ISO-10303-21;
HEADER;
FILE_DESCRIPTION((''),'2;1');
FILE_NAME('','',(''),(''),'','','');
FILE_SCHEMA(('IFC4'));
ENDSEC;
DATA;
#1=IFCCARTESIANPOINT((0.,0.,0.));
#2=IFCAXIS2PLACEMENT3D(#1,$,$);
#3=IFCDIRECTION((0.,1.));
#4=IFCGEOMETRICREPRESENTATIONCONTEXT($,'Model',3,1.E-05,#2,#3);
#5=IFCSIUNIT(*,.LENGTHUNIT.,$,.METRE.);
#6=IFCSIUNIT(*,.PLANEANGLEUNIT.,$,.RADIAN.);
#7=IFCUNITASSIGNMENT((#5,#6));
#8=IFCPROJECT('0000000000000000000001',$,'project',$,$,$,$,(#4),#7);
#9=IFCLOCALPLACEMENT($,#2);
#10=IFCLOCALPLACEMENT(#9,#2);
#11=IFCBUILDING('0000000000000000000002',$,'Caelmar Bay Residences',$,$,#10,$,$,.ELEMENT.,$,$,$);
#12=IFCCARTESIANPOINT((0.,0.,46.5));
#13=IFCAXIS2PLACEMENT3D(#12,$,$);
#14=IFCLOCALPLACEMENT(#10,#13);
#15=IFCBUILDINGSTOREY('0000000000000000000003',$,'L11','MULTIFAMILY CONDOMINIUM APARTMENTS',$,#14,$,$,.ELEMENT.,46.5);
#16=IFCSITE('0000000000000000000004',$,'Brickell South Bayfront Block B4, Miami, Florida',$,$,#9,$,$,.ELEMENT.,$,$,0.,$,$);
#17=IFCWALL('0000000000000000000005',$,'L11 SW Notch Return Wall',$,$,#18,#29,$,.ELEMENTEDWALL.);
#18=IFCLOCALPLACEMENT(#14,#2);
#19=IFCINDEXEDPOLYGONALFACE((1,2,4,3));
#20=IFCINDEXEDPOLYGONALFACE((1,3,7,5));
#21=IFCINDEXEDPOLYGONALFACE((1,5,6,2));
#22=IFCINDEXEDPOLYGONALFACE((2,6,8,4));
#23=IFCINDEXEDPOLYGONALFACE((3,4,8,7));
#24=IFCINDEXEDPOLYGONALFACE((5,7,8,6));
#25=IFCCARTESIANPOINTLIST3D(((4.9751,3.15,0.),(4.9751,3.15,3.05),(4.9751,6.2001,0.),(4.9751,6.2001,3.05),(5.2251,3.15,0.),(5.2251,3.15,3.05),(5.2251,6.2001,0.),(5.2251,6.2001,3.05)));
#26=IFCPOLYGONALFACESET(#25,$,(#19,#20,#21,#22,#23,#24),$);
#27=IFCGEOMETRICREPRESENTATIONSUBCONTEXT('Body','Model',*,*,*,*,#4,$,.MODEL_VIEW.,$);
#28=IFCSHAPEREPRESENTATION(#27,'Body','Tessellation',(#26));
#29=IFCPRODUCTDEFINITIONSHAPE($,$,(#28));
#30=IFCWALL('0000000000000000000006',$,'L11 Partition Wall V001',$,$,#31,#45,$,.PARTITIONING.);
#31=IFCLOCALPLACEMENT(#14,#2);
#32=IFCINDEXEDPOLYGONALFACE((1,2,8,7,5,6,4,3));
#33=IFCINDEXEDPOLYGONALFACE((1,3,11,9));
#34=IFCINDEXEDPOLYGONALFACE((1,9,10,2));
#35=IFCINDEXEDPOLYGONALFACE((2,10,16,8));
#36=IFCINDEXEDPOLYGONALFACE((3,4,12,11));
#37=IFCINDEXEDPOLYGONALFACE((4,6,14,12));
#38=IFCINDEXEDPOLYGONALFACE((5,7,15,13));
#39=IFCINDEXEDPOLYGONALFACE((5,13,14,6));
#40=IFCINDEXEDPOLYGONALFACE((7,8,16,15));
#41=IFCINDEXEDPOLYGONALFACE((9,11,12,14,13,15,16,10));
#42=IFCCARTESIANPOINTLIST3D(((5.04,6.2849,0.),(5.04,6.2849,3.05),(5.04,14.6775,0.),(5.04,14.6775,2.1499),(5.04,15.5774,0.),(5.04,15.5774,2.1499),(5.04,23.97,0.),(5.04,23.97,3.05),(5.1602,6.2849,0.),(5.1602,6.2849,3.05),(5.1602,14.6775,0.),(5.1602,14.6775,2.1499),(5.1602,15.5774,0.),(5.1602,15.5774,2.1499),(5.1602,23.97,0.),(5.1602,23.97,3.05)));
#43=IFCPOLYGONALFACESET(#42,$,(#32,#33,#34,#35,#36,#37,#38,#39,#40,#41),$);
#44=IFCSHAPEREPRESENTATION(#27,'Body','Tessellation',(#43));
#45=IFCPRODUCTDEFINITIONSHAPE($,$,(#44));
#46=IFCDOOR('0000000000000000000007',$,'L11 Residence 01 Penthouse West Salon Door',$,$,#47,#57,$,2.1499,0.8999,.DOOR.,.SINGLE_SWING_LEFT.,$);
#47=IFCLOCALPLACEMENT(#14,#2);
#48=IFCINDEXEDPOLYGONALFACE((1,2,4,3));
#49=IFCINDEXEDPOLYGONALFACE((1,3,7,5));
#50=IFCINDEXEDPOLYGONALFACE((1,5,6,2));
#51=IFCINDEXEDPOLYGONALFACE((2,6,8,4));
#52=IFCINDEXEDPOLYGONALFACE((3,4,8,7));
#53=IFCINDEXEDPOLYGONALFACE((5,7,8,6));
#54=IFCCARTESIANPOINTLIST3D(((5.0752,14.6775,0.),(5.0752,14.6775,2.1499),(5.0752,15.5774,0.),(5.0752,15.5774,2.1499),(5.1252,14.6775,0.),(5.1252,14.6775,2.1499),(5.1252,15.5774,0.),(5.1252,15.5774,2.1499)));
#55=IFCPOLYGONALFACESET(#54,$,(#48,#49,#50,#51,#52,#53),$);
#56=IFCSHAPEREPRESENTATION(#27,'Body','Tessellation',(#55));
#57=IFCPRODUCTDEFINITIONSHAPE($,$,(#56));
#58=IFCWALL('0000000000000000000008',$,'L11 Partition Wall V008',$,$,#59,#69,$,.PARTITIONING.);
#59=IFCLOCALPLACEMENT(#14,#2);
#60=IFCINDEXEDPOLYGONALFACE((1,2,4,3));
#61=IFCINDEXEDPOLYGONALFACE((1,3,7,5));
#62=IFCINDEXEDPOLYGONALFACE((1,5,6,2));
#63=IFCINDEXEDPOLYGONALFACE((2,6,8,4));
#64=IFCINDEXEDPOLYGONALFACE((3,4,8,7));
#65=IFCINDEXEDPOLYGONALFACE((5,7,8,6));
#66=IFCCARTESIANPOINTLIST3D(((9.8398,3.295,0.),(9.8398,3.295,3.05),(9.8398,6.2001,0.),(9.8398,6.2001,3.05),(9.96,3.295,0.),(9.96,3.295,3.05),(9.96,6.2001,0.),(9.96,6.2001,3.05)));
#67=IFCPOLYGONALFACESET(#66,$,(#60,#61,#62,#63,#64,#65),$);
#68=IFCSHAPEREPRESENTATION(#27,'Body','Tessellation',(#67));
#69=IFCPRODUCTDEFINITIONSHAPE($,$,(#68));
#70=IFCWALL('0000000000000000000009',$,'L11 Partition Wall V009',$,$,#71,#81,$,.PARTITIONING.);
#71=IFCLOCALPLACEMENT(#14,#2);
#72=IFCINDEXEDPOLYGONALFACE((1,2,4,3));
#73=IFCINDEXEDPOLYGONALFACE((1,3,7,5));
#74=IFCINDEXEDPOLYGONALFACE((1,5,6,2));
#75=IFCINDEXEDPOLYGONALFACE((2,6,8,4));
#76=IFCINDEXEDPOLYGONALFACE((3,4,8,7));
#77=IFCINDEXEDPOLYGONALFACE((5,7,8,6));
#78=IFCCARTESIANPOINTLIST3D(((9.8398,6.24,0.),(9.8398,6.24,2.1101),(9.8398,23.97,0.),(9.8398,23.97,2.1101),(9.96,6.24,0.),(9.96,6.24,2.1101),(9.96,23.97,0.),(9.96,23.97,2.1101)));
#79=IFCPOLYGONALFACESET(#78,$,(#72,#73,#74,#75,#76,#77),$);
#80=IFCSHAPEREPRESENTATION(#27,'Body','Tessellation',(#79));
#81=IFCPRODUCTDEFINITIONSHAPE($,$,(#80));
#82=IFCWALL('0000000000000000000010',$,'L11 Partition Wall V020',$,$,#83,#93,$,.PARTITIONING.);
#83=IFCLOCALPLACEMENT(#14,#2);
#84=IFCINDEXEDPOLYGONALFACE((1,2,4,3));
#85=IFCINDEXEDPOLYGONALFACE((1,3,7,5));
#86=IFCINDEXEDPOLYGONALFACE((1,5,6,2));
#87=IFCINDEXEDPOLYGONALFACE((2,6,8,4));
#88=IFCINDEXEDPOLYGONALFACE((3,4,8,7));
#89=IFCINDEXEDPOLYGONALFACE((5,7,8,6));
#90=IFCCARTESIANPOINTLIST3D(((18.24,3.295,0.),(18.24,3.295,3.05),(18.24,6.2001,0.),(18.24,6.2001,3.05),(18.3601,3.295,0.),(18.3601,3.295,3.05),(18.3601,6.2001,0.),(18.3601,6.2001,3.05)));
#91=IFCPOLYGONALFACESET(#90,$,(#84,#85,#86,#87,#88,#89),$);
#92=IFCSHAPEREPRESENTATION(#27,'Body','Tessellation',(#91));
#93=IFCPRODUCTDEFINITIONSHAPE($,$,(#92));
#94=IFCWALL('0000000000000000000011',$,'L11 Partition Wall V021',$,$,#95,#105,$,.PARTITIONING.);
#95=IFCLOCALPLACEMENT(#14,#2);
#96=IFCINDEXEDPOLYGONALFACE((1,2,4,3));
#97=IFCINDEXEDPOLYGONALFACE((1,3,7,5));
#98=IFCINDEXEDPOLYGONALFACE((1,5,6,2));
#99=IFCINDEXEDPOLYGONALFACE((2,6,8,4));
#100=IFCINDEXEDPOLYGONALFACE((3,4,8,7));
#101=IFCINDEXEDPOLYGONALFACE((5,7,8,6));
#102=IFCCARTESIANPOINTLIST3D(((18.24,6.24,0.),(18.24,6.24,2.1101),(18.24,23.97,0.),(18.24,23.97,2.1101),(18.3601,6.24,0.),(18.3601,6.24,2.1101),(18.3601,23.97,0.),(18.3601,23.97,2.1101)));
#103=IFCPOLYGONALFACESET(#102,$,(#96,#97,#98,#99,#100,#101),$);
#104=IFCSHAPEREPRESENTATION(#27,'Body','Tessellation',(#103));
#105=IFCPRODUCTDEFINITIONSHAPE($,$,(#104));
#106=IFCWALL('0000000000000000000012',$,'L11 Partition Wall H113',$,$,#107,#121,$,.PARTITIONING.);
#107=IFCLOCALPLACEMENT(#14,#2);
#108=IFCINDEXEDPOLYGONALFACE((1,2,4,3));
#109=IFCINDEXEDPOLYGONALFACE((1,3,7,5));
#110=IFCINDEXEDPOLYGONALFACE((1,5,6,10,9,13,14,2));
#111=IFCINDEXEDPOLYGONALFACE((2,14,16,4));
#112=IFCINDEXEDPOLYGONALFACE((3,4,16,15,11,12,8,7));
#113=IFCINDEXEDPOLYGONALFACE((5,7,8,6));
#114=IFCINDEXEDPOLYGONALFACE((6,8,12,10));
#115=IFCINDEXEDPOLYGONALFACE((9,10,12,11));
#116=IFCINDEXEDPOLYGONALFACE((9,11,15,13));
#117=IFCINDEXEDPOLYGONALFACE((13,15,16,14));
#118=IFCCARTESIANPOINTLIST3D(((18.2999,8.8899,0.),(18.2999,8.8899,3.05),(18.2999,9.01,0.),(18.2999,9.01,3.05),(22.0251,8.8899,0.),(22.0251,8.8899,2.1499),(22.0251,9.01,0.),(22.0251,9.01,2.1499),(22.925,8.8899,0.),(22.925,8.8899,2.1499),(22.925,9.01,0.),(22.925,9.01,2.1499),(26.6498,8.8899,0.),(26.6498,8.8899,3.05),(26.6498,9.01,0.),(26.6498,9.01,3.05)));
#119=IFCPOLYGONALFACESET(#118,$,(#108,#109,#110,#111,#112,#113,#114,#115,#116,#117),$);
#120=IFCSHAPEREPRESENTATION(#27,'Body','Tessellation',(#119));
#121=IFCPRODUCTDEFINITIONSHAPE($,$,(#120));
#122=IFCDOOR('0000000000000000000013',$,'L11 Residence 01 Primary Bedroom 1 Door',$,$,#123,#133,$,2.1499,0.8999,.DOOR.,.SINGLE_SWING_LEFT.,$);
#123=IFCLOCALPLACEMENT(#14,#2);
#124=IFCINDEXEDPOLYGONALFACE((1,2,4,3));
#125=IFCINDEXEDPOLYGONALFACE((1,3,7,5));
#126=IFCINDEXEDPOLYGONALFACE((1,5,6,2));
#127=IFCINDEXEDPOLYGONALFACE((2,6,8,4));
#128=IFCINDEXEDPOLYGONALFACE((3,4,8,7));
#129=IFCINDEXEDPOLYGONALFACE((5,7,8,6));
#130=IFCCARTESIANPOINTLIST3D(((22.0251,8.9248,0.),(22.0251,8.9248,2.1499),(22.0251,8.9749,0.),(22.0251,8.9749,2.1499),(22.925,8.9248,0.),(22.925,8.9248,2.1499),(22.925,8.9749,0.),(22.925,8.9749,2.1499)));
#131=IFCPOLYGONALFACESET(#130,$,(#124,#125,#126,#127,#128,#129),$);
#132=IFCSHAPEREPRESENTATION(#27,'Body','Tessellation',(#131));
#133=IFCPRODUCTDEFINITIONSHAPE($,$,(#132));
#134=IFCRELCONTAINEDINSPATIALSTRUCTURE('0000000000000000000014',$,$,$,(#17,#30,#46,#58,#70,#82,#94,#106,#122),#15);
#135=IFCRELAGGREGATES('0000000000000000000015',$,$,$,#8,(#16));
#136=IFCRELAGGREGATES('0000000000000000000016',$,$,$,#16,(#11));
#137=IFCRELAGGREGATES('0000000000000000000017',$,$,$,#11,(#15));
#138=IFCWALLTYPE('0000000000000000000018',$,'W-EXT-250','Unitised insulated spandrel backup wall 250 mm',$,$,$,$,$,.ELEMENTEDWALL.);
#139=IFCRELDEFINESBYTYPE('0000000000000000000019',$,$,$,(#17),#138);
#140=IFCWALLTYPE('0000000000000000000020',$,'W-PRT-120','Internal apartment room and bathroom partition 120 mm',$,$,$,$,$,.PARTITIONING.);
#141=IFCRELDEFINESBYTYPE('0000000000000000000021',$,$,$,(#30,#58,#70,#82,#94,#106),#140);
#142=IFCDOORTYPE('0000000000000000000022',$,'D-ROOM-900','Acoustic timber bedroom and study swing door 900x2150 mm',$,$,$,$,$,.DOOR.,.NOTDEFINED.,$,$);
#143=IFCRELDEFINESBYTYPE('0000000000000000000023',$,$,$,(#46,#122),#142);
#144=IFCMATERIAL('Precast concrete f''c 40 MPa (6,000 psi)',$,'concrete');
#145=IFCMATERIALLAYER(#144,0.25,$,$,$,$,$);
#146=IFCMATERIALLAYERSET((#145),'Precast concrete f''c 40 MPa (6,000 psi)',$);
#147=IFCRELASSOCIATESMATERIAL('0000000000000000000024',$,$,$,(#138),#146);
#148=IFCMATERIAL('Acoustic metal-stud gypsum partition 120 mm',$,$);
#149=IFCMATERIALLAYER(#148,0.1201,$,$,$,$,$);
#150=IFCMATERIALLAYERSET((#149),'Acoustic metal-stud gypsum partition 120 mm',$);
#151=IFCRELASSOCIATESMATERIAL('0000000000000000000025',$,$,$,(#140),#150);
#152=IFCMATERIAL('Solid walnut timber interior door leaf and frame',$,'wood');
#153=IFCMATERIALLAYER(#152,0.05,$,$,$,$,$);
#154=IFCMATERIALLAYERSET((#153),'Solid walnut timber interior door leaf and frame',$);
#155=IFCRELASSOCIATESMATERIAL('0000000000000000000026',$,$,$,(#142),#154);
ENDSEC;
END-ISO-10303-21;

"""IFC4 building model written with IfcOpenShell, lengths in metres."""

from ifc_helpers import new_model, si_unit, direction, frame, frame_2d, origin, place, context, subcontext, project, spatial, rectangle, extrude, material, layer, layer_set, type_object, element, fill, save


model = new_model("IFC4")

# Units and contexts
model_context = context("Model", 3, precision=1e-05, world=origin(), true_north=direction((0.0, 1.0)))
body_context = subcontext(model_context, "Body", "Model", "MODEL_VIEW")
ifc_project = project(units=[si_unit("LENGTHUNIT", "METRE"), si_unit("PLANEANGLEUNIT", "RADIAN")], contexts=[model_context])

# Site, building, storey
site_placement = place(None, origin())
site = spatial("IfcSite", under=ifc_project, at=site_placement, Name="Brickell South Bayfront Block B4, Miami, Florida", CompositionType="ELEMENT", RefElevation=0.0)
building_placement = place(site_placement, origin())
building = spatial("IfcBuilding", under=site, at=building_placement, Name="Caelmar Bay Residences", CompositionType="ELEMENT")
storey_placement = place(building_placement, frame((0.0, 0.0, 46.5)))
storey = spatial("IfcBuildingStorey", under=building, at=storey_placement, Name="L11", Description="MULTIFAMILY CONDOMINIUM APARTMENTS", CompositionType="ELEMENT", Elevation=46.5)

# Wall
ifc_material_1 = material(Name="Precast concrete f'c 40 MPa (6,000 psi)", Category="concrete")
ifc_layer_1 = layer(ifc_material_1, 0.25)
ifc_layer_set_1 = layer_set([ifc_layer_1], Name="Precast concrete f'c 40 MPa (6,000 psi)")
wall_type_1 = type_object("IfcWallType", Name="W-EXT-250", Description="Unitised insulated spandrel backup wall 250 mm", PredefinedType="ELEMENTEDWALL", material=ifc_layer_set_1)
wall_1_placement = place(storey_placement, frame((5.1001, 6.2, 0.0), z_axis=(0.0, 0.0, 1.0), x_axis=(0.0, -1.0, 0.0)))
element("IfcWall", 1, at=wall_1_placement, inside=storey, type_object=wall_type_1, Name="L11 SW Notch Return Wall", PredefinedType="ELEMENTEDWALL", context=body_context, shape_type="SweptSolid", body=[
    extrude(rectangle(XDim=3.05, YDim=0.25, at=frame_2d((1.5249, 0.0))), origin(), (0.0, 0.0, 1.0), 3.05),
])

# Wall, opening, door
ifc_material_2 = material(Name="Acoustic metal-stud gypsum partition 120 mm")
ifc_layer_2 = layer(ifc_material_2, 0.1201)
ifc_layer_set_2 = layer_set([ifc_layer_2], Name="Acoustic metal-stud gypsum partition 120 mm")
wall_type_2 = type_object("IfcWallType", Name="W-PRT-120", Description="Internal apartment room and bathroom partition 120 mm", PredefinedType="PARTITIONING", material=ifc_layer_set_2)
wall_2_placement = place(storey_placement, frame((5.1001, 6.2849, 0.0), z_axis=(0.0, 0.0, 1.0), x_axis=(0.0, 1.0, 0.0)))
wall_2 = element("IfcWall", 2, at=wall_2_placement, inside=storey, type_object=wall_type_2, Name="L11 Partition Wall V001", PredefinedType="PARTITIONING", context=body_context, shape_type="SweptSolid", body=[
    extrude(rectangle(XDim=17.6851, YDim=0.1201, at=frame_2d((8.8425, 0.0))), origin(), (0.0, 0.0, 1.0), 3.05),
])
opening_1_placement = place(wall_2_placement, frame((8.3926, 0.0, 0.0)))
opening_1 = element("IfcOpeningElement", 3, at=opening_1_placement, cuts=wall_2, PredefinedType="OPENING", context=body_context, shape_type="SweptSolid", body=[
    extrude(rectangle(XDim=0.8999, YDim=2.1499, at=frame_2d((0.45, 1.075))), frame((0.0, 0.0701, 0.0), z_axis=(0.0, -1.0, 0.0), x_axis=(1.0, 0.0, 0.0)), (0.0, 0.0, 1.0), 0.1401),
])
ifc_material_3 = material(Name="Solid walnut timber interior door leaf and frame", Category="wood")
ifc_layer_3 = layer(ifc_material_3, 0.05)
ifc_layer_set_3 = layer_set([ifc_layer_3], Name="Solid walnut timber interior door leaf and frame")
door_type = type_object("IfcDoorType", Name="D-ROOM-900", Description="Acoustic timber bedroom and study swing door 900x2150 mm", OperationType="NOTDEFINED", PredefinedType="DOOR", material=ifc_layer_set_3)
door_1_placement = place(opening_1_placement, origin())
door_1 = element("IfcDoor", 4, at=door_1_placement, inside=storey, type_object=door_type, Name="L11 Residence 01 Penthouse West Salon Door", OperationType="SINGLE_SWING_LEFT", OverallHeight=2.1499, OverallWidth=0.8999, PredefinedType="DOOR", context=body_context, shape_type="SweptSolid", body=[
    extrude(rectangle(XDim=0.8999, YDim=2.1499, at=frame_2d((0.45, 1.075))), frame((0.0, 0.0249, 0.0), z_axis=(0.0, -1.0, 0.0), x_axis=(1.0, 0.0, 0.0)), (0.0, 0.0, 1.0), 0.05),
])
fill(opening_1, door_1)

# Walls
wall_3_placement = place(storey_placement, frame((9.8999, 3.2949, 0.0), z_axis=(0.0, 0.0, 1.0), x_axis=(0.0, 1.0, 0.0)))
element("IfcWall", 5, at=wall_3_placement, inside=storey, type_object=wall_type_2, Name="L11 Partition Wall V008", PredefinedType="PARTITIONING", context=body_context, shape_type="SweptSolid", body=[
    extrude(rectangle(XDim=2.905, YDim=0.1201, at=frame_2d((1.4526, 0.0))), origin(), (0.0, 0.0, 1.0), 3.05),
])
wall_4_placement = place(storey_placement, frame((9.8999, 6.24, 0.0), z_axis=(0.0, 0.0, 1.0), x_axis=(0.0, 1.0, 0.0)))
element("IfcWall", 6, at=wall_4_placement, inside=storey, type_object=wall_type_2, Name="L11 Partition Wall V009", PredefinedType="PARTITIONING", context=body_context, shape_type="SweptSolid", body=[
    extrude(rectangle(XDim=17.73, YDim=0.1201, at=frame_2d((8.865, 0.0))), origin(), (0.0, 0.0, 1.0), 2.1101),
])
wall_5_placement = place(storey_placement, frame((18.3, 3.2949, 0.0), z_axis=(0.0, 0.0, 1.0), x_axis=(0.0, 1.0, 0.0)))
element("IfcWall", 7, at=wall_5_placement, inside=storey, type_object=wall_type_2, Name="L11 Partition Wall V020", PredefinedType="PARTITIONING", context=body_context, shape_type="SweptSolid", body=[
    extrude(rectangle(XDim=2.905, YDim=0.1201, at=frame_2d((1.4526, 0.0))), origin(), (0.0, 0.0, 1.0), 3.05),
])
wall_6_placement = place(storey_placement, frame((18.3, 6.24, 0.0), z_axis=(0.0, 0.0, 1.0), x_axis=(0.0, 1.0, 0.0)))
element("IfcWall", 8, at=wall_6_placement, inside=storey, type_object=wall_type_2, Name="L11 Partition Wall V021", PredefinedType="PARTITIONING", context=body_context, shape_type="SweptSolid", body=[
    extrude(rectangle(XDim=17.73, YDim=0.1201, at=frame_2d((8.865, 0.0))), origin(), (0.0, 0.0, 1.0), 2.1101),
])

# Wall, opening, door
wall_7_placement = place(storey_placement, frame((18.3, 8.95, 0.0), z_axis=(0.0, 0.0, 1.0), x_axis=(1.0, 0.0, 0.0)))
wall_7 = element("IfcWall", 9, at=wall_7_placement, inside=storey, type_object=wall_type_2, Name="L11 Partition Wall H113", PredefinedType="PARTITIONING", context=body_context, shape_type="SweptSolid", body=[
    extrude(rectangle(XDim=8.3499, YDim=0.1201, at=frame_2d((4.1748, 0.0))), origin(), (0.0, 0.0, 1.0), 3.05),
])
opening_2_placement = place(wall_7_placement, frame((3.7251, 0.0, 0.0)))
opening_2 = element("IfcOpeningElement", 10, at=opening_2_placement, cuts=wall_7, PredefinedType="OPENING", context=body_context, shape_type="SweptSolid", body=[
    extrude(rectangle(XDim=0.8999, YDim=2.1499, at=frame_2d((0.45, 1.075))), frame((0.0, 0.0701, 0.0), z_axis=(0.0, -1.0, 0.0), x_axis=(1.0, 0.0, 0.0)), (0.0, 0.0, 1.0), 0.1401),
])
door_2_placement = place(opening_2_placement, origin())
door_2 = element("IfcDoor", 11, at=door_2_placement, inside=storey, type_object=door_type, Name="L11 Residence 01 Primary Bedroom 1 Door", OperationType="SINGLE_SWING_LEFT", OverallHeight=2.1499, OverallWidth=0.8999, PredefinedType="DOOR", context=body_context, shape_type="SweptSolid", body=[
    extrude(rectangle(XDim=0.8999, YDim=2.1499, at=frame_2d((0.45, 1.075))), frame((0.0, 0.0249, 0.0), z_axis=(0.0, -1.0, 0.0), x_axis=(1.0, 0.0, 0.0)), (0.0, 0.0, 1.0), 0.05),
])
fill(opening_2, door_2)

save(model, "model.ifc")
